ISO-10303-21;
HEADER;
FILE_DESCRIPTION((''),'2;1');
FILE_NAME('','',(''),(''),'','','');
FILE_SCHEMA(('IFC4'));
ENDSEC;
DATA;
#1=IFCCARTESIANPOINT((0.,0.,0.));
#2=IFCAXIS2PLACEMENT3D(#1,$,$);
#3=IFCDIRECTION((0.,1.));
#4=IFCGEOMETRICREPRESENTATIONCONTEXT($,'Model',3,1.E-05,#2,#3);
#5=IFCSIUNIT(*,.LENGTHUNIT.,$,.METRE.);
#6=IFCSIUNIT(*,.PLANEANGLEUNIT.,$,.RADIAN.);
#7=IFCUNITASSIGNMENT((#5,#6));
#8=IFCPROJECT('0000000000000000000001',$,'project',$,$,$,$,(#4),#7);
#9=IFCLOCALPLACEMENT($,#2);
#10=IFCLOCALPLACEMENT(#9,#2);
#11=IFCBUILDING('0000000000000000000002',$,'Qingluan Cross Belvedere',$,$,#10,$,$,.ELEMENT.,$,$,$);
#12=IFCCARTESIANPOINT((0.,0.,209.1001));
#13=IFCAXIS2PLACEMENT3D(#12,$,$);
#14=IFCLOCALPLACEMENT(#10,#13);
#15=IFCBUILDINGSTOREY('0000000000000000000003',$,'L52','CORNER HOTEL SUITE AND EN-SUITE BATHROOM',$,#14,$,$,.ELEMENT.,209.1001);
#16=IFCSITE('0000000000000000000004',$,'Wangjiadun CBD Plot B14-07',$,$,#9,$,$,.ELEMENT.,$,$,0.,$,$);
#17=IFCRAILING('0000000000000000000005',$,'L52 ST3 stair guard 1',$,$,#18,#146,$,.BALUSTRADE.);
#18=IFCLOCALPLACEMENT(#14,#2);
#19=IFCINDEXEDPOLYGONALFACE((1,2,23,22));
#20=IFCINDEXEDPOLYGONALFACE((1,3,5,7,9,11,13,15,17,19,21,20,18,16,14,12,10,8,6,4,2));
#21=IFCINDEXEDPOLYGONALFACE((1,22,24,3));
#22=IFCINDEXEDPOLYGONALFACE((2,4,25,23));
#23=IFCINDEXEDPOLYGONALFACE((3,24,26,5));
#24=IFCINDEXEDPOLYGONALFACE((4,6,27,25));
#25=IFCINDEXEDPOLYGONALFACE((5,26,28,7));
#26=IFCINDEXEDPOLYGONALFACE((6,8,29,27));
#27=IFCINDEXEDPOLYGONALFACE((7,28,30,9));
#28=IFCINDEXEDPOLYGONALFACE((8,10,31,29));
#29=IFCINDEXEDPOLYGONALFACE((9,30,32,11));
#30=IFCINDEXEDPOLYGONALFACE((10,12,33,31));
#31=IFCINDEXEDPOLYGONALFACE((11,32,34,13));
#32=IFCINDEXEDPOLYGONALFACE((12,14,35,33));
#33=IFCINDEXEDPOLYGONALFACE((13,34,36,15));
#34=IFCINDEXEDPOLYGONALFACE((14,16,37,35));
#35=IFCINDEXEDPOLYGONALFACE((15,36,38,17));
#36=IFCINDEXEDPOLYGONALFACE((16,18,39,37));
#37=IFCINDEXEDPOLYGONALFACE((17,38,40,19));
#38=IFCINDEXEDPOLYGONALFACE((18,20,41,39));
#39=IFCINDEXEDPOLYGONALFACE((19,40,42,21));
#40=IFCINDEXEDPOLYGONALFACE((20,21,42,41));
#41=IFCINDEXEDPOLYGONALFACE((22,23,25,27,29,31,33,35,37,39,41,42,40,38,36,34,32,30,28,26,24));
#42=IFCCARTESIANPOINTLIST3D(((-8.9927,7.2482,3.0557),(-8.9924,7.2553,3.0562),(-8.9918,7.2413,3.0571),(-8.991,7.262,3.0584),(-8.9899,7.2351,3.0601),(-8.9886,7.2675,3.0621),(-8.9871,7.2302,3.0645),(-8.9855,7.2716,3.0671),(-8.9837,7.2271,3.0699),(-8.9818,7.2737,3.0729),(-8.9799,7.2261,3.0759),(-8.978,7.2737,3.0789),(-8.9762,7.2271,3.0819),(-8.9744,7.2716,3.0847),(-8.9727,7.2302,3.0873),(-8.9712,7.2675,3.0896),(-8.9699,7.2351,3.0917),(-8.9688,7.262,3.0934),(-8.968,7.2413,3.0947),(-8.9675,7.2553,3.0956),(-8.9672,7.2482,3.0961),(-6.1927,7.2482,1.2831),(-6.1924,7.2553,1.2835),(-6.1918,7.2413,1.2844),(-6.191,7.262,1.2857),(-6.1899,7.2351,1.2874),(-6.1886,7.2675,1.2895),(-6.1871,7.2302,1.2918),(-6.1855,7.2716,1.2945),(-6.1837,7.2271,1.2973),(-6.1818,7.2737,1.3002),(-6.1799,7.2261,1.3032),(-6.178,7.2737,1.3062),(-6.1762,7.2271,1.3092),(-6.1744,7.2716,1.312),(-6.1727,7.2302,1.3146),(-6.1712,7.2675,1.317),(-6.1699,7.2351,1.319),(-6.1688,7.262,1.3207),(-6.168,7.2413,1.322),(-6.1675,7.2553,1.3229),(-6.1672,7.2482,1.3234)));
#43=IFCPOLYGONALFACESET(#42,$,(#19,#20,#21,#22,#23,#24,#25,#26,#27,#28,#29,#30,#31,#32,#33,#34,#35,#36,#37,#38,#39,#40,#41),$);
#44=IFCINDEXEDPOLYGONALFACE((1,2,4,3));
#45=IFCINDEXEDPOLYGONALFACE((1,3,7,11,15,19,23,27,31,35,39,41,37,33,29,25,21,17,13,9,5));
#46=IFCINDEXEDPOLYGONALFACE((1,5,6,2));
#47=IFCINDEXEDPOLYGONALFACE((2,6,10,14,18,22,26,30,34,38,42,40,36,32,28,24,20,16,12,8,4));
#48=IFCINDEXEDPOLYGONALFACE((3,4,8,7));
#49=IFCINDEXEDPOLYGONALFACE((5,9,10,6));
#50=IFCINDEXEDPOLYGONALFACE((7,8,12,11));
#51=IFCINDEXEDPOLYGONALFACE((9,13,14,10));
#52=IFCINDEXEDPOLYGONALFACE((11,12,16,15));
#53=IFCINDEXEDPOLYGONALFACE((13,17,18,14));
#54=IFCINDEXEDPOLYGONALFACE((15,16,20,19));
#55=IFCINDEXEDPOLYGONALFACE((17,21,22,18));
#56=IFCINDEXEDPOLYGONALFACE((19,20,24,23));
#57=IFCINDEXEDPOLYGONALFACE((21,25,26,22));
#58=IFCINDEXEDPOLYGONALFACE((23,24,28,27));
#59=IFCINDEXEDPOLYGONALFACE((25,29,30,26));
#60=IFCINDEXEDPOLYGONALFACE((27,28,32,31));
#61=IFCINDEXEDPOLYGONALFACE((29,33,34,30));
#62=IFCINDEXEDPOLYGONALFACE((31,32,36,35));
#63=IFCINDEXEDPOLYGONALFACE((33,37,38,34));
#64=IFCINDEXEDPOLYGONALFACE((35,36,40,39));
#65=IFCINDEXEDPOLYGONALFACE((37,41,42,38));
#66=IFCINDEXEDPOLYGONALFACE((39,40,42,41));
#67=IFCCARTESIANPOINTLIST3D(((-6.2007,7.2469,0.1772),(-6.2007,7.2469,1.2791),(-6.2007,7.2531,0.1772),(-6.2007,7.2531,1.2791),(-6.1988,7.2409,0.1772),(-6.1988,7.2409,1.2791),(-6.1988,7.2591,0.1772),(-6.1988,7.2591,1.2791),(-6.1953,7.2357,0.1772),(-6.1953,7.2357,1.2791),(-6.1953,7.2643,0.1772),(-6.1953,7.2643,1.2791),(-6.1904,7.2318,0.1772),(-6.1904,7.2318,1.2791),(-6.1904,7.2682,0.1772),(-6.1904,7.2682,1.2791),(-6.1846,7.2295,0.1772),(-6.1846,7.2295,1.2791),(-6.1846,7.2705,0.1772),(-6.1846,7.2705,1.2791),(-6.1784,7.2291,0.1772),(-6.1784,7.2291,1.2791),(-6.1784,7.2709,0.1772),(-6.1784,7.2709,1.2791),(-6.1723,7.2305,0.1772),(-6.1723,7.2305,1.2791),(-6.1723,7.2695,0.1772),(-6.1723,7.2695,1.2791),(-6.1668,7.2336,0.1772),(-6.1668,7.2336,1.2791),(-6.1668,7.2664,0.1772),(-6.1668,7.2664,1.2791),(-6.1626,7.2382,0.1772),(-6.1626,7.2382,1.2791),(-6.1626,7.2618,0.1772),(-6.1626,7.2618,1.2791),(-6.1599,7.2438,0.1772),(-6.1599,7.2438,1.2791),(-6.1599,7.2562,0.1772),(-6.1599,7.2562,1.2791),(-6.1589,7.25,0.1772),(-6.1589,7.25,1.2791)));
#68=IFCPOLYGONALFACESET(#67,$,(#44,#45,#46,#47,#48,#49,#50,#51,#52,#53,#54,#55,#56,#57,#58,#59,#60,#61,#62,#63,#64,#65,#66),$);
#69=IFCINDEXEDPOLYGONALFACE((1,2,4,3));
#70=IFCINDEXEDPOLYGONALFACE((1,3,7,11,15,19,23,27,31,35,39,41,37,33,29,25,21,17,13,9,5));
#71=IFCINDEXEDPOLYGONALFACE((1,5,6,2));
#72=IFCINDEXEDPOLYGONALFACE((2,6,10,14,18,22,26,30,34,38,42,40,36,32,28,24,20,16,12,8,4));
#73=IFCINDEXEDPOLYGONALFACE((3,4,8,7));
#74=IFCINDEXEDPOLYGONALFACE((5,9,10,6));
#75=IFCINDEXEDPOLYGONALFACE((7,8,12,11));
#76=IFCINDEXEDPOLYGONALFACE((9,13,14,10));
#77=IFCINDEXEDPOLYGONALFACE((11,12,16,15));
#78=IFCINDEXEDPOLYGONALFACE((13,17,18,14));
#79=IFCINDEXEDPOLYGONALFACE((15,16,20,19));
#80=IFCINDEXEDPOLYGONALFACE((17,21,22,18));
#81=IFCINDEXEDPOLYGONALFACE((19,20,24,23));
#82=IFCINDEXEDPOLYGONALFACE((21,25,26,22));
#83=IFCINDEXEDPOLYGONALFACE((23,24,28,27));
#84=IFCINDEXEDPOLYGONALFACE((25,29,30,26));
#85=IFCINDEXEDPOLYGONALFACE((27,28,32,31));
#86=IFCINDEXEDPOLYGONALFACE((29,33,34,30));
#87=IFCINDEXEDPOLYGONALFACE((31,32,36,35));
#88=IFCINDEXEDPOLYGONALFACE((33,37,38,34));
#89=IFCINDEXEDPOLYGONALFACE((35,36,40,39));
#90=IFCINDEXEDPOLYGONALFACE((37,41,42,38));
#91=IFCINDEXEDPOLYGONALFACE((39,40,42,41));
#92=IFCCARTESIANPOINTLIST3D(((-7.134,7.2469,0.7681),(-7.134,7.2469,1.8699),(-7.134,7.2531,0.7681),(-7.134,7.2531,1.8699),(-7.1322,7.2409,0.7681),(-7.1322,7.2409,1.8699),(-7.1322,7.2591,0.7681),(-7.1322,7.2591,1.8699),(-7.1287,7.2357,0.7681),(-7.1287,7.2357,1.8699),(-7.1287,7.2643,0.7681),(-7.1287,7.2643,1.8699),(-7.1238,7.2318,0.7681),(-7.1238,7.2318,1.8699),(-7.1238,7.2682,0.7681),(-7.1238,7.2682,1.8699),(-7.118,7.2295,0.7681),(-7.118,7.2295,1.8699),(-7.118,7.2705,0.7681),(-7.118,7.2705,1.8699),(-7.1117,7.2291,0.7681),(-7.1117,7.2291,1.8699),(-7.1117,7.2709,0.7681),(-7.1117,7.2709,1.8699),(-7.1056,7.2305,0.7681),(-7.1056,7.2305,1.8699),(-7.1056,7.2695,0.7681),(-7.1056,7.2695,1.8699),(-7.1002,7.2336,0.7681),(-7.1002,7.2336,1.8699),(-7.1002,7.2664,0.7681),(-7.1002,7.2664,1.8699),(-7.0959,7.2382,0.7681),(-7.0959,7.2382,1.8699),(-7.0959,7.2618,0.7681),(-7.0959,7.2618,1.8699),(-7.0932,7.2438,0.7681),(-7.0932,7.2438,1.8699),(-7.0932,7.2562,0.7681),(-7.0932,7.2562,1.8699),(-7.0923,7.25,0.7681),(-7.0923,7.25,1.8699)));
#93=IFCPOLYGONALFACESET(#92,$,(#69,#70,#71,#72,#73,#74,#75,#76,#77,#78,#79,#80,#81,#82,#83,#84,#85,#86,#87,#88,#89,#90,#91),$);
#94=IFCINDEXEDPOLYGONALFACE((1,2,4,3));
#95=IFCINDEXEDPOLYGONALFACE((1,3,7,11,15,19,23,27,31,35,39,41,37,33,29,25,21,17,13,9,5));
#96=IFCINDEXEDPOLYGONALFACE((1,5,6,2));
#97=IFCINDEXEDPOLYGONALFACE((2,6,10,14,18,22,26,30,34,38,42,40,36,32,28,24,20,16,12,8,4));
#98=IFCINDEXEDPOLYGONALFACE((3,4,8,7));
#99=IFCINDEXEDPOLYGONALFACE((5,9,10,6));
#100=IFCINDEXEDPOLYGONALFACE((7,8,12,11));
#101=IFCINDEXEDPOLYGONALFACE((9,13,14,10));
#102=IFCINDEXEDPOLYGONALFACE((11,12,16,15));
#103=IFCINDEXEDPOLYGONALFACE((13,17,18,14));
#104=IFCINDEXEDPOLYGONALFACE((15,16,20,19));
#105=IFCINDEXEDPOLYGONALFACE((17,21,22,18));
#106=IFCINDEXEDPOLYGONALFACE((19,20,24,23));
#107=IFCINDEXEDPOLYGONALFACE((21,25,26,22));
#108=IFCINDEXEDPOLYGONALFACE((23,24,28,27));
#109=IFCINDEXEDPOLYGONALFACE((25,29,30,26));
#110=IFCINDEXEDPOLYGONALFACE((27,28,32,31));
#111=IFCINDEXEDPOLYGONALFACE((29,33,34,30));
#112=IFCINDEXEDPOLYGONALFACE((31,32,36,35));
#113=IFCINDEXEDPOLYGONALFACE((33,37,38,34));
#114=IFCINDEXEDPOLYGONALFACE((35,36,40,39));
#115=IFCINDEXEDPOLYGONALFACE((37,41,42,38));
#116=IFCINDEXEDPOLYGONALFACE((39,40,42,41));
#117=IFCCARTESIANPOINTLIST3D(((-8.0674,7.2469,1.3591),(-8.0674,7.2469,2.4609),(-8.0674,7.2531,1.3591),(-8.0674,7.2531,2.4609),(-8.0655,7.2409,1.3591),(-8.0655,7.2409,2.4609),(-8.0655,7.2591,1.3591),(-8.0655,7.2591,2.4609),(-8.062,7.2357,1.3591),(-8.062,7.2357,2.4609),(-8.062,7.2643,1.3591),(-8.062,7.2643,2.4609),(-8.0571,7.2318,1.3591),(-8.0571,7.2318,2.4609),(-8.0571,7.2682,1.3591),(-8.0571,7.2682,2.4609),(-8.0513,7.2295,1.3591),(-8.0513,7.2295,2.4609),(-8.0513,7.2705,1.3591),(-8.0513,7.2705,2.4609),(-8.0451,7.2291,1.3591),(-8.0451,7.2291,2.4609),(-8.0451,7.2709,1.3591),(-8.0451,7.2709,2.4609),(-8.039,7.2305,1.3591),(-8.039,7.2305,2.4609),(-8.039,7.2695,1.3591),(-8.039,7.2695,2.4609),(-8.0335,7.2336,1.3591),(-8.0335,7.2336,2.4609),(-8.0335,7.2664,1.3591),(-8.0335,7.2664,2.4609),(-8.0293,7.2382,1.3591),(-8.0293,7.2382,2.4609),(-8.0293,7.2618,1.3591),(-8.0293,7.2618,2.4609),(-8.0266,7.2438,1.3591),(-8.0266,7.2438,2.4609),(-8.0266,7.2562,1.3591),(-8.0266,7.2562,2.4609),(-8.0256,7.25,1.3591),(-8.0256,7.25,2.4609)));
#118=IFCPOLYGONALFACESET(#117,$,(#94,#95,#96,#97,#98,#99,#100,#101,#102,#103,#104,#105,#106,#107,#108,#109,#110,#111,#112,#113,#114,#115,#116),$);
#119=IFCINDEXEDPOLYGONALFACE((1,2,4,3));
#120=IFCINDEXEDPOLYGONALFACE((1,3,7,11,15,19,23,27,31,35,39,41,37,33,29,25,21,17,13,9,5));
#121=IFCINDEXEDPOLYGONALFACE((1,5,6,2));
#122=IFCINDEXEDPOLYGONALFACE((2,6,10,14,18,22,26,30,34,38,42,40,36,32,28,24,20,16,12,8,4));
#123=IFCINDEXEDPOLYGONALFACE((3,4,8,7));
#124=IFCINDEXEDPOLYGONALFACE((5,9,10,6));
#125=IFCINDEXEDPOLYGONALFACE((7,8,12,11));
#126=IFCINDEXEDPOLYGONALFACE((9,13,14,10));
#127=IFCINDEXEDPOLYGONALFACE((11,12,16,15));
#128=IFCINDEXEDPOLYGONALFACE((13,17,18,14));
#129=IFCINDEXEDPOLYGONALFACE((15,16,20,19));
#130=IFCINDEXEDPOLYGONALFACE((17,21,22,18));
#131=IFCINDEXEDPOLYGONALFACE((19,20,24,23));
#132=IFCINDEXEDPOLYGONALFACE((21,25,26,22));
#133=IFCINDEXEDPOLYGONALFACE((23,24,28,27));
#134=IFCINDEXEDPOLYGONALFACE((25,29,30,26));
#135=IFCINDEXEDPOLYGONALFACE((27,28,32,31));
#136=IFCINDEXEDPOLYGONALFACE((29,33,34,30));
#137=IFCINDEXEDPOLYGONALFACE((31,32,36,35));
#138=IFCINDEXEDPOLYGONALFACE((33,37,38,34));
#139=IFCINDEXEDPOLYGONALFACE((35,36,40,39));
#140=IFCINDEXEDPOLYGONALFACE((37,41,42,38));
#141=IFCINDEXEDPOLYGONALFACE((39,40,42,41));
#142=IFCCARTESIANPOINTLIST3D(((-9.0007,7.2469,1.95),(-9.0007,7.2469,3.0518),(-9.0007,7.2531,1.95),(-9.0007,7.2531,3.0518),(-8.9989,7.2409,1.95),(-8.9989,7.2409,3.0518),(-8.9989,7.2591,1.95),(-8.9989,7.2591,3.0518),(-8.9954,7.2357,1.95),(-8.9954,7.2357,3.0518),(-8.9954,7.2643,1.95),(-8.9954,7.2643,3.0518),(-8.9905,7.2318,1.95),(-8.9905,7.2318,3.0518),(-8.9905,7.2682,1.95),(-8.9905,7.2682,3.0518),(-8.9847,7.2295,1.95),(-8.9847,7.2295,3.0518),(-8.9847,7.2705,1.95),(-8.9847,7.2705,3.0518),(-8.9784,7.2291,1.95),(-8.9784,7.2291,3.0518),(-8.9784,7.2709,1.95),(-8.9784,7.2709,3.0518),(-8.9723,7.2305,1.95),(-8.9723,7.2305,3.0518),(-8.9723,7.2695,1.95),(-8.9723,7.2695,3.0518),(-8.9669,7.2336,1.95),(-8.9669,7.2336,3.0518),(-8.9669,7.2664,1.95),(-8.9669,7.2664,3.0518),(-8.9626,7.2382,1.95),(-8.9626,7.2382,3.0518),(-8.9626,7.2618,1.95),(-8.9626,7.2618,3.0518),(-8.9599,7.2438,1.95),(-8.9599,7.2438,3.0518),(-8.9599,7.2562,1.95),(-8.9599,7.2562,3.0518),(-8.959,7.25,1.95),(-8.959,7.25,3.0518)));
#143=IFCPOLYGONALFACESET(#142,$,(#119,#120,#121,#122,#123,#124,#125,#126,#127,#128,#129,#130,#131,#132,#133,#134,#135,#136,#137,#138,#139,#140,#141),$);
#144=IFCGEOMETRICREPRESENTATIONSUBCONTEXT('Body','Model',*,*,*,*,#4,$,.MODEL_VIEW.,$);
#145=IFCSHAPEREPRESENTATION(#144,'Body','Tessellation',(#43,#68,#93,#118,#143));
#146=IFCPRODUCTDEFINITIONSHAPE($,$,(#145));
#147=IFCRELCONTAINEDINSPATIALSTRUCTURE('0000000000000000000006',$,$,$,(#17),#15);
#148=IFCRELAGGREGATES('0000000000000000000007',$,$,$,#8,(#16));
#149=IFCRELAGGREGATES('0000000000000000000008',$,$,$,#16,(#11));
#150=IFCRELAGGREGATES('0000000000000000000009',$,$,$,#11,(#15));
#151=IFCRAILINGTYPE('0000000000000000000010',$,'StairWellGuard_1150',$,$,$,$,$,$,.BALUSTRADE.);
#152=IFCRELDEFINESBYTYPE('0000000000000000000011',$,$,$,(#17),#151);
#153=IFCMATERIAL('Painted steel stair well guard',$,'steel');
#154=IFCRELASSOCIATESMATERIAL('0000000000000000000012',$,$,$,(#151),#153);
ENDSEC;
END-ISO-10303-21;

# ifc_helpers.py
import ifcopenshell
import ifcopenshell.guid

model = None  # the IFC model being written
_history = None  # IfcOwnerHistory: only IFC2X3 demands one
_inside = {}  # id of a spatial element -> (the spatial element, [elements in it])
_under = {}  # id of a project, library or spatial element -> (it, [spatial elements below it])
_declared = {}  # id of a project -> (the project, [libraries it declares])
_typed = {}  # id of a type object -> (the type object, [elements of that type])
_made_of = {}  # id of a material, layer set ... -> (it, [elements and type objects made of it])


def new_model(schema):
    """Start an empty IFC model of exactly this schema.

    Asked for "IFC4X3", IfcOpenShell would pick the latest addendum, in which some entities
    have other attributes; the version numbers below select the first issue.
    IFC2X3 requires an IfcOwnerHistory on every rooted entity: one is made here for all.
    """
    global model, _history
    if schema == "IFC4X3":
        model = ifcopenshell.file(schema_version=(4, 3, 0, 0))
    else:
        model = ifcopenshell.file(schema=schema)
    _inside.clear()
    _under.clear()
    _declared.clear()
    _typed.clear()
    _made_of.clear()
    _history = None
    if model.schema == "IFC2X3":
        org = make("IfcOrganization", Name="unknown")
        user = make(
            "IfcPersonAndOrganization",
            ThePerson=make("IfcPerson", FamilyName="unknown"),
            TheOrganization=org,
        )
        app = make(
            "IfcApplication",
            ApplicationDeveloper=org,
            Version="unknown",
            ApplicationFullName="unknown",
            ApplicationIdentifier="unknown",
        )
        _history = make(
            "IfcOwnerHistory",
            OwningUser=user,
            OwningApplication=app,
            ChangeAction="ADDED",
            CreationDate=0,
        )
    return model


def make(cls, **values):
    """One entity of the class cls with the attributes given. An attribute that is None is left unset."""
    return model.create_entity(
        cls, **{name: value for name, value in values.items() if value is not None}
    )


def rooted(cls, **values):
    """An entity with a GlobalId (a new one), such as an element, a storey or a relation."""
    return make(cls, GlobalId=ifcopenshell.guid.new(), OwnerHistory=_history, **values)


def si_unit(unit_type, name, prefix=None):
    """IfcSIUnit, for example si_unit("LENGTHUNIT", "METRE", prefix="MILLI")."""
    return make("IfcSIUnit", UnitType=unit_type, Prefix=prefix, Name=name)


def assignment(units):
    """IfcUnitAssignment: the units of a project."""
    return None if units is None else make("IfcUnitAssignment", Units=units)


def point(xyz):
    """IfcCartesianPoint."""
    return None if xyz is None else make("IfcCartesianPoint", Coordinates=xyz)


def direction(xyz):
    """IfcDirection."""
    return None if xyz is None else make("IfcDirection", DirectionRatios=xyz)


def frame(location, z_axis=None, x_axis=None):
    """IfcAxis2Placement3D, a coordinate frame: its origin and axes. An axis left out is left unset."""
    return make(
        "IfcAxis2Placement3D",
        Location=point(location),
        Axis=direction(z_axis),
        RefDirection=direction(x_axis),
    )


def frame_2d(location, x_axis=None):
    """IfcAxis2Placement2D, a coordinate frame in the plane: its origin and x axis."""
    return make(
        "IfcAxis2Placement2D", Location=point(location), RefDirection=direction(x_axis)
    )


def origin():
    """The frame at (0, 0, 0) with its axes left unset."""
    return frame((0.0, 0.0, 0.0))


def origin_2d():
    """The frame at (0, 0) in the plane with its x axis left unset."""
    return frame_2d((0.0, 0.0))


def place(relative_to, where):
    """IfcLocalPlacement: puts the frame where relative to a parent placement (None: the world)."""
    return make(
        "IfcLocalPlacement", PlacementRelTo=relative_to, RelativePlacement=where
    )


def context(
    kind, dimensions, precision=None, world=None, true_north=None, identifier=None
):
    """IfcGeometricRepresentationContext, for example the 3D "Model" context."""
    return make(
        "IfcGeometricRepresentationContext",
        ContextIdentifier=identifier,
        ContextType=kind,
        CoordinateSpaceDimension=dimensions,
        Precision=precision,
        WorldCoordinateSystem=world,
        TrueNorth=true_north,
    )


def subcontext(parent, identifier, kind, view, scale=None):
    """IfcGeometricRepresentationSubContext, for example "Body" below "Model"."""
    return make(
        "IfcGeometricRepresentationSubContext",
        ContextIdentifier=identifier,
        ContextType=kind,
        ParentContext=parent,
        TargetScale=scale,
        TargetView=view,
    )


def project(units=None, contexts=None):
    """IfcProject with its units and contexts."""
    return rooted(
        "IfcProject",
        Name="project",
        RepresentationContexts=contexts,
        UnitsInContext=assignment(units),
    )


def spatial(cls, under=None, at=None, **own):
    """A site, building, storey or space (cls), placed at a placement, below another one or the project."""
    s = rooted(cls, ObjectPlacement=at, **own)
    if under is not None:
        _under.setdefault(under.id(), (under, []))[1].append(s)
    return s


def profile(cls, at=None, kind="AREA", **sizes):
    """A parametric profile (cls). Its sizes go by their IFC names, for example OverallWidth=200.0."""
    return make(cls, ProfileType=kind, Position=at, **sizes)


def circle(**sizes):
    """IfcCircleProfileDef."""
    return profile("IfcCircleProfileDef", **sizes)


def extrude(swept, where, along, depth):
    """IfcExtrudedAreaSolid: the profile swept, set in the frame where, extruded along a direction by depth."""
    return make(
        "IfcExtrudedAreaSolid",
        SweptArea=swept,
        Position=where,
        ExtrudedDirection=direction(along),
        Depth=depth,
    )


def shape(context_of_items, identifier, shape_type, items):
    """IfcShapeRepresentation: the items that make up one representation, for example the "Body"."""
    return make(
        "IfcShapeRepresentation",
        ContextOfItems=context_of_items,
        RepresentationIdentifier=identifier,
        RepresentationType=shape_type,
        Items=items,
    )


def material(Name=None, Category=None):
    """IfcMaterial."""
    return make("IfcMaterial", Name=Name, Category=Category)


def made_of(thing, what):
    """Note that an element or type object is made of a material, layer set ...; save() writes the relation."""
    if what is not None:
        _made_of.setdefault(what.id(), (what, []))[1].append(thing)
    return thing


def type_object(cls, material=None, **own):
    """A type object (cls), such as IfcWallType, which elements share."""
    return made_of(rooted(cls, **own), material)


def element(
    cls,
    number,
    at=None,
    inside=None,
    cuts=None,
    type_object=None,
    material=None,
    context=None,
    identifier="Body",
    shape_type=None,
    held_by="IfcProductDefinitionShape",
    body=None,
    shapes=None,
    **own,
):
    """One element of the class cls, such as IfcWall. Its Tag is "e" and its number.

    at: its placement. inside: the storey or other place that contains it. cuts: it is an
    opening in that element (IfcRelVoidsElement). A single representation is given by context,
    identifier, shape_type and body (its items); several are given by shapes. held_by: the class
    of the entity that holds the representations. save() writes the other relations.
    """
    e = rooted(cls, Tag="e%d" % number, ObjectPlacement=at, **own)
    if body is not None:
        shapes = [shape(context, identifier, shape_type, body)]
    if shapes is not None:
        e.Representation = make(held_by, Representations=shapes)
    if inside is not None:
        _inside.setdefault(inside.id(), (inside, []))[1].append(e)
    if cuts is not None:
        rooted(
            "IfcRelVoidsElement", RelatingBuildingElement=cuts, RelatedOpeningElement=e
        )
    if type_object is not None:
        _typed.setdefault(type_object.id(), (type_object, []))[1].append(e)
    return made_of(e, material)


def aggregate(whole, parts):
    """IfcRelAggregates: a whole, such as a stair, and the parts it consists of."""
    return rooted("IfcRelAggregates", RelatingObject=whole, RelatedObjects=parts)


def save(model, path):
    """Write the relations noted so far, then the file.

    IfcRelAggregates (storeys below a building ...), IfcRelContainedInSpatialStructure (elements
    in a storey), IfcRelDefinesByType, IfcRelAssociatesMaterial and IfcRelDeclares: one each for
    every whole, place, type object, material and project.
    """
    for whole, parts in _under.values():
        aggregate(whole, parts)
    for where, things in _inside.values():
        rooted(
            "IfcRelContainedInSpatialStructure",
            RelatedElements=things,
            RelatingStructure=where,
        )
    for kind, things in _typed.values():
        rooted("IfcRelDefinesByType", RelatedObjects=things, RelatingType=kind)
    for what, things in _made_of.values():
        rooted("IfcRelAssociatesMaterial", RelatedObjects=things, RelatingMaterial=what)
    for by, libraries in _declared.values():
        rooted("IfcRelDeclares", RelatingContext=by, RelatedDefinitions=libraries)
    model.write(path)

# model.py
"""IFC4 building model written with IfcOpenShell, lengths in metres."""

from ifc_helpers import new_model, si_unit, direction, frame, origin, origin_2d, place, context, subcontext, project, spatial, circle, extrude, material, type_object, element, save


model = new_model("IFC4")

# Units and contexts
model_context = context("Model", 3, precision=1e-05, world=origin(), true_north=direction((0.0, 1.0)))
body_context = subcontext(model_context, "Body", "Model", "MODEL_VIEW")
ifc_project = project(units=[si_unit("LENGTHUNIT", "METRE"), si_unit("PLANEANGLEUNIT", "RADIAN")], contexts=[model_context])

# Site, building, storey
site_placement = place(None, origin())
site = spatial("IfcSite", under=ifc_project, at=site_placement, Name="Wangjiadun CBD Plot B14-07", CompositionType="ELEMENT", RefElevation=0.0)
building_placement = place(site_placement, origin())
building = spatial("IfcBuilding", under=site, at=building_placement, Name="Qingluan Cross Belvedere", CompositionType="ELEMENT")
storey_placement = place(building_placement, frame((0.0, 0.0, 209.1001)))
storey = spatial("IfcBuildingStorey", under=building, at=storey_placement, Name="L52", Description="CORNER HOTEL SUITE AND EN-SUITE BATHROOM", CompositionType="ELEMENT", Elevation=209.1001)

# Railing
ifc_material_1 = material(Name="Painted steel stair well guard", Category="steel")
railing_type_1 = type_object("IfcRailingType", Name="StairWellGuard_1150", PredefinedType="BALUSTRADE", material=ifc_material_1)
railing_1_placement = place(storey_placement, frame((-6.1799, 7.25, 0.1772)))
element("IfcRailing", 1, at=railing_1_placement, inside=storey, type_object=railing_type_1, Name="L52 ST3 stair guard 1", PredefinedType="BALUSTRADE", context=body_context, shape_type="SweptSolid", body=[
    extrude(circle(Radius=0.0239, at=origin_2d()), frame((0.0, 0.0, 1.126), z_axis=(-0.844909, 0.0, 0.53491), x_axis=(0.0, -1.0, 0.0)), (0.0, 0.0, 1.0), 3.314),
    extrude(circle(Radius=0.021, at=origin_2d()), origin(), (0.0, 0.0, 1.0), 1.1018),
    extrude(circle(Radius=0.021, at=origin_2d()), frame((-0.9333, 0.0, 0.5908)), (0.0, 0.0, 1.0), 1.1018),
    extrude(circle(Radius=0.021, at=origin_2d()), frame((-1.8667, 0.0, 1.1819)), (0.0, 0.0, 1.0), 1.1018),
    extrude(circle(Radius=0.021, at=origin_2d()), frame((-2.8, 0.0, 1.7727)), (0.0, 0.0, 1.0), 1.1018),
])

save(model, "model.ifc")
